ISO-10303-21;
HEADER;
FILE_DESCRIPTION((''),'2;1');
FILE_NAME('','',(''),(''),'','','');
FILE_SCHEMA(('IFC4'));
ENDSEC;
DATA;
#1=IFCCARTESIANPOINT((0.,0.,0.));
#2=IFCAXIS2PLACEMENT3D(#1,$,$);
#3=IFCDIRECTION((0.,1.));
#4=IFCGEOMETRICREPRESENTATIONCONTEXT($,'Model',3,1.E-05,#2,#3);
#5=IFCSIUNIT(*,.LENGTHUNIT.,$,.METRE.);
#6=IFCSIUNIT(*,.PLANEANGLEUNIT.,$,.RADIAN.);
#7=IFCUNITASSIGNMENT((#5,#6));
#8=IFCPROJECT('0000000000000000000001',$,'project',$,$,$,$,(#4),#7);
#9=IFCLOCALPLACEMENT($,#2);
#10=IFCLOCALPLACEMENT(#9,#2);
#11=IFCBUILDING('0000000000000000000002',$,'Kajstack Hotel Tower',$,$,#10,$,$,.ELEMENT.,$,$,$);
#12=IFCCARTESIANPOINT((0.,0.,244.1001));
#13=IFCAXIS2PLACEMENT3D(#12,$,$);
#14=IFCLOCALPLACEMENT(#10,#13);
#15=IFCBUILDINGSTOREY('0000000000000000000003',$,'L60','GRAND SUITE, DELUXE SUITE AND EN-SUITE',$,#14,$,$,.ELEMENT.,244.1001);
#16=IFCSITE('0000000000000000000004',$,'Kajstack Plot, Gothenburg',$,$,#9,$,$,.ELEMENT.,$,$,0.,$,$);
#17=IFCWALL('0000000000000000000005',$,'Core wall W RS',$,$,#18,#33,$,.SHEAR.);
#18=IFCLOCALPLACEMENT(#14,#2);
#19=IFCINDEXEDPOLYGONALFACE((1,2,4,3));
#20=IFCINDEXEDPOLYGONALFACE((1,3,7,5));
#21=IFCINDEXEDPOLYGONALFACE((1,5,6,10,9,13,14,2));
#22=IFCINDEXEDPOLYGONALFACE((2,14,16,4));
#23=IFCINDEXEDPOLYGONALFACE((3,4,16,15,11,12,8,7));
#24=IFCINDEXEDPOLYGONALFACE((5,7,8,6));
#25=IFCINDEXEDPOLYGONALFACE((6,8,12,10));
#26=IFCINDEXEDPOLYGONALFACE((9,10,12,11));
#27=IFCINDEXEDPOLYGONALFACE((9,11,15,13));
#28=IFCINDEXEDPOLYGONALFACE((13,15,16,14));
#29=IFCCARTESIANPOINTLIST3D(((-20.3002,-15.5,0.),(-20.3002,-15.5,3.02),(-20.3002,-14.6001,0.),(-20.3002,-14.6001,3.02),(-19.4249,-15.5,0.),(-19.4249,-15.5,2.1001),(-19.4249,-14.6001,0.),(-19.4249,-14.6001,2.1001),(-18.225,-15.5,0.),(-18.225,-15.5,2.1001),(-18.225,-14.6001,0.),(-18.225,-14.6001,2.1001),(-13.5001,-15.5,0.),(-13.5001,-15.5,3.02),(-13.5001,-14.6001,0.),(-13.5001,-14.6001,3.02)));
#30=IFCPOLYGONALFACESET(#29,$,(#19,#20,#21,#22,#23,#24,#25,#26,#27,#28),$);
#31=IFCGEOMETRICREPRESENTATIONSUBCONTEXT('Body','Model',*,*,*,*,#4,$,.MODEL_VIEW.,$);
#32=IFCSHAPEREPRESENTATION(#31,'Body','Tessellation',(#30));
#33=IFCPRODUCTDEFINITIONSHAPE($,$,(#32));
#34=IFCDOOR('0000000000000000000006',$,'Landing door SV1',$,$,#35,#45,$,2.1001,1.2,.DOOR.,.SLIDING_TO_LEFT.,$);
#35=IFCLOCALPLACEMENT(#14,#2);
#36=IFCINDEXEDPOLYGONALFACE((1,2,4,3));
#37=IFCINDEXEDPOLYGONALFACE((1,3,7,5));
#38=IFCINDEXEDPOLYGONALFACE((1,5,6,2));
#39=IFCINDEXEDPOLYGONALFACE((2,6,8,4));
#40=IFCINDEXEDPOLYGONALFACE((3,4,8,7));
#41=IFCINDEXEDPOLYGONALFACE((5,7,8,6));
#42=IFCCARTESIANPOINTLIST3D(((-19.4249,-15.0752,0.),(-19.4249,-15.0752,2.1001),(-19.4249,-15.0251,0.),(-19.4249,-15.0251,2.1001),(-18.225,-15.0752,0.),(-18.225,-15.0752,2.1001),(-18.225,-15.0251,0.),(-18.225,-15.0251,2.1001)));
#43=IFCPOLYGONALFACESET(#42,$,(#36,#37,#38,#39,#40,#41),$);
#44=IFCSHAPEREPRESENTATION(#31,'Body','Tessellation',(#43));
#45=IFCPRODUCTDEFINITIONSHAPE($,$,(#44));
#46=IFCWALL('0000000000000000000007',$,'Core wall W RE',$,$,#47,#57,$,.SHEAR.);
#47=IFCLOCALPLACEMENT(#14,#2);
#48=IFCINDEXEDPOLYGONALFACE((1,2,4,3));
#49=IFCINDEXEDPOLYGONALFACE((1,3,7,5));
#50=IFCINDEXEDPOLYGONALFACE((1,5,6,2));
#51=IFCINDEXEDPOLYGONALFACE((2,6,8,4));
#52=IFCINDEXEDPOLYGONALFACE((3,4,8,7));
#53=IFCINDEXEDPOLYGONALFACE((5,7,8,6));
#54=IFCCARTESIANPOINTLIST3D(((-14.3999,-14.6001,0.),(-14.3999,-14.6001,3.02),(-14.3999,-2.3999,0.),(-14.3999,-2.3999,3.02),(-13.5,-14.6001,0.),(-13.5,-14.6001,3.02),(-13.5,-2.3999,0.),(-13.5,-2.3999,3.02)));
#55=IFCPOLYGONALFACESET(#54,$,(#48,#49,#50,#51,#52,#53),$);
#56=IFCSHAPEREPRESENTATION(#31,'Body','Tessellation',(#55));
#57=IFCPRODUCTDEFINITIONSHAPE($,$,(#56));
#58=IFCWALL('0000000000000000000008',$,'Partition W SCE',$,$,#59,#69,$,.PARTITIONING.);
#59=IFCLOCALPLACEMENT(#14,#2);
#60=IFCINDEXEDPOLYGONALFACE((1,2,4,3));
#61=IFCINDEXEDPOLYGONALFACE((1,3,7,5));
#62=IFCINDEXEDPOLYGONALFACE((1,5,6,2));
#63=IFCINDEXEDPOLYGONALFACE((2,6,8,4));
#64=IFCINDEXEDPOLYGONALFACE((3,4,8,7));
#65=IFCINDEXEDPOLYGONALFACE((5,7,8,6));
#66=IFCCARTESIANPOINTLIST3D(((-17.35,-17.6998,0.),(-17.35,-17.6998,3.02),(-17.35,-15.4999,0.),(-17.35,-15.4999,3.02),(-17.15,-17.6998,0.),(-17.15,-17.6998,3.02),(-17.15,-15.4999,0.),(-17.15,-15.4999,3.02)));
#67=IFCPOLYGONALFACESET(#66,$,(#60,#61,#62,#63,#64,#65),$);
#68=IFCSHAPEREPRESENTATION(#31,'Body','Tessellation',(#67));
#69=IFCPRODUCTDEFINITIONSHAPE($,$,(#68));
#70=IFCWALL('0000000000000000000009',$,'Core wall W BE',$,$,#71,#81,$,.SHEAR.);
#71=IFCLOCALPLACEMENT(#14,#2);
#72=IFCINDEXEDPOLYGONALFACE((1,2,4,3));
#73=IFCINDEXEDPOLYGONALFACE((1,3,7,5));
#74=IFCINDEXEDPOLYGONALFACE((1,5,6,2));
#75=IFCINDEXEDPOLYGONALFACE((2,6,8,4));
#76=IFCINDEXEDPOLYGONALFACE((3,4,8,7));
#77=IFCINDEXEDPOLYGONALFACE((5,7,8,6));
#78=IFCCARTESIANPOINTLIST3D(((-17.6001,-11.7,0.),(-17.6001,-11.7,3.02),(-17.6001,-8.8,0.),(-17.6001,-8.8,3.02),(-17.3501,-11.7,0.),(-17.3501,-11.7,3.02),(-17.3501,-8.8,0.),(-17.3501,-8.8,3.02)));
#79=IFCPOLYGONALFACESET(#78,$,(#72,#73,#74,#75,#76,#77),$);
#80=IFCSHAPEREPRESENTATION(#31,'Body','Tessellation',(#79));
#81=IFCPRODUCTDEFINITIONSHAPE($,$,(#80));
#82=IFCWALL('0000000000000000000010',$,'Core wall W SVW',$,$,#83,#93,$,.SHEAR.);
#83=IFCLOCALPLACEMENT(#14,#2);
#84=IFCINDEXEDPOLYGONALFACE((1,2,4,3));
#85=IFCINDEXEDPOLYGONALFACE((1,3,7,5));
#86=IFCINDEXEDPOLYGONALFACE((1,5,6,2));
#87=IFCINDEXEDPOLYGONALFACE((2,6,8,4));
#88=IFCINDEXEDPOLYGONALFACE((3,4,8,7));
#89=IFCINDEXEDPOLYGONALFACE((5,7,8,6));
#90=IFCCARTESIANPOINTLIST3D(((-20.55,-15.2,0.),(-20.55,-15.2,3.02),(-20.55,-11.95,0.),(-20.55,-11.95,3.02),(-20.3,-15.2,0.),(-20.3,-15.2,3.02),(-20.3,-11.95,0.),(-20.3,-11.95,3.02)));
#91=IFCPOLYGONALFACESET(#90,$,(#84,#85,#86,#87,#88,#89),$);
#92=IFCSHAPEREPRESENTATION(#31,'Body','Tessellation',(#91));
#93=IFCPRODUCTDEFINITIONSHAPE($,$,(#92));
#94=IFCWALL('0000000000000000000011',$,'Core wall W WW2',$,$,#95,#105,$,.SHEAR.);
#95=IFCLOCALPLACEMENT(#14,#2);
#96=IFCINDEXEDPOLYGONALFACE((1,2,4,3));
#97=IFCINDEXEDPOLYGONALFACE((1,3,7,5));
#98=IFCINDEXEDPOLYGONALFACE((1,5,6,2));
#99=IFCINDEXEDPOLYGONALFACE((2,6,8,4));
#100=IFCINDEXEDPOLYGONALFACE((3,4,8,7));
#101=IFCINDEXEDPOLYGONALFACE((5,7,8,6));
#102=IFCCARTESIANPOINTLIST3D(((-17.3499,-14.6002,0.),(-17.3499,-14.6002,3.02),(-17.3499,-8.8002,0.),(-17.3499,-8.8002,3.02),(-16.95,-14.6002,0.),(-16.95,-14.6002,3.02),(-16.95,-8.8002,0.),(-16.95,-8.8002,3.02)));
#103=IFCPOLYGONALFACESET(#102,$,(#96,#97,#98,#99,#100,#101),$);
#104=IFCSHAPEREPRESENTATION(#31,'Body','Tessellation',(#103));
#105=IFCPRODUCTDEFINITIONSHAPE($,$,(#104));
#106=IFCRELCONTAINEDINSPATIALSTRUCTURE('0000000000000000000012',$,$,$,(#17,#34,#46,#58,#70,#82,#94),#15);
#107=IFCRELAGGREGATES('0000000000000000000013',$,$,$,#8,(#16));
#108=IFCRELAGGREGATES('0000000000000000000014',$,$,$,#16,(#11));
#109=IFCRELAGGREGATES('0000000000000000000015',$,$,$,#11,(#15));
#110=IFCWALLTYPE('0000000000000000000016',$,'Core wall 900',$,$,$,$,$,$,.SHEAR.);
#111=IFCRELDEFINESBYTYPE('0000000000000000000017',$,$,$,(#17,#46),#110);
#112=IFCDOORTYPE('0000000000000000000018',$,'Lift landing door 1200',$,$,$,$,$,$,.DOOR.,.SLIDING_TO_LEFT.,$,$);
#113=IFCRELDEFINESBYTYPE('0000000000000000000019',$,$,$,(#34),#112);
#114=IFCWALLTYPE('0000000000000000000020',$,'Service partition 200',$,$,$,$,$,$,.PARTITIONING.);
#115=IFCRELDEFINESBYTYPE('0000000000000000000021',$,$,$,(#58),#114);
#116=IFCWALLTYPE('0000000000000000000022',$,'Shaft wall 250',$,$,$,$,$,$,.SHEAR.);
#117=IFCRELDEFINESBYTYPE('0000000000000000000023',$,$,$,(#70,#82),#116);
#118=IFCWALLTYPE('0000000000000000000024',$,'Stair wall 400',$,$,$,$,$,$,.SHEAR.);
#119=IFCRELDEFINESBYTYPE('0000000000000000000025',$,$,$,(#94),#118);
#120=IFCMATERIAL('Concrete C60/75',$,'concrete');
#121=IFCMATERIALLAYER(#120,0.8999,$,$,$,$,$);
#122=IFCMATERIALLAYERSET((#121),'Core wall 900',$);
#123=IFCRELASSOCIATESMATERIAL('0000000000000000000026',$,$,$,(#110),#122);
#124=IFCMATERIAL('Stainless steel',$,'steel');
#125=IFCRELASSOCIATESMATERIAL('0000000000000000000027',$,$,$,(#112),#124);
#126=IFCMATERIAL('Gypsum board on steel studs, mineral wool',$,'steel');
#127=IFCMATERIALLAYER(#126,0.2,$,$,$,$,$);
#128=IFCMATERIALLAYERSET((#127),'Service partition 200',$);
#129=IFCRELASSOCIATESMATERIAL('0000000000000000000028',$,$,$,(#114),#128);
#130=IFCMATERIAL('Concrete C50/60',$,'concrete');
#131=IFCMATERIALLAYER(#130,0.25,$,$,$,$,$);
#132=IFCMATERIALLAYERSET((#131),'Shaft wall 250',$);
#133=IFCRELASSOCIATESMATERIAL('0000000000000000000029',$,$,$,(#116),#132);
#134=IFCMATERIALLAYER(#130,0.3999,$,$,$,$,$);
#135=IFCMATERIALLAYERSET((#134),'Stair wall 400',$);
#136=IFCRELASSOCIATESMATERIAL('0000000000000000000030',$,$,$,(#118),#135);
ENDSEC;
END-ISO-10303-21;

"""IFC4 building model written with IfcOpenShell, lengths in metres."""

from ifc_helpers import new_model, si_unit, direction, frame, frame_2d, origin, place, context, subcontext, project, spatial, rectangle, extrude, material, layer, layer_set, type_object, element, fill, save


model = new_model("IFC4")

# Units and contexts
model_context = context("Model", 3, precision=1e-05, world=origin(), true_north=direction((0.0, 1.0)))
body_context = subcontext(model_context, "Body", "Model", "MODEL_VIEW")
ifc_project = project(units=[si_unit("LENGTHUNIT", "METRE"), si_unit("PLANEANGLEUNIT", "RADIAN")], contexts=[model_context])

# Site, building, storey
site_placement = place(None, origin())
site = spatial("IfcSite", under=ifc_project, at=site_placement, Name="Kajstack Plot, Gothenburg", CompositionType="ELEMENT", RefElevation=0.0)
building_placement = place(site_placement, origin())
building = spatial("IfcBuilding", under=site, at=building_placement, Name="Kajstack Hotel Tower", CompositionType="ELEMENT")
storey_placement = place(building_placement, frame((0.0, 0.0, 244.1001)))
storey = spatial("IfcBuildingStorey", under=building, at=storey_placement, Name="L60", Description="GRAND SUITE, DELUXE SUITE AND EN-SUITE", CompositionType="ELEMENT", Elevation=244.1001)

# Wall, opening, door
ifc_material_1 = material(Name="Concrete C60/75", Category="concrete")
ifc_layer_1 = layer(ifc_material_1, 0.8999)
ifc_layer_set_1 = layer_set([ifc_layer_1], Name="Core wall 900")
wall_type_1 = type_object("IfcWallType", Name="Core wall 900", PredefinedType="SHEAR", material=ifc_layer_set_1)
wall_1_placement = place(storey_placement, frame((-20.3, -15.05, 0.0), z_axis=(0.0, 0.0, 1.0), x_axis=(1.0, 0.0, 0.0)))
wall_1 = element("IfcWall", 1, at=wall_1_placement, inside=storey, type_object=wall_type_1, Name="Core wall W RS", PredefinedType="SHEAR", context=body_context, shape_type="SweptSolid", body=[
    extrude(rectangle(XDim=6.8, YDim=0.8999, at=frame_2d((3.3999, 0.0))), origin(), (0.0, 0.0, 1.0), 3.02),
])
opening_1_placement = place(wall_1_placement, frame((0.875, 0.0, 0.0)))
opening_1 = element("IfcOpeningElement", 2, at=opening_1_placement, cuts=wall_1, PredefinedType="OPENING", context=body_context, shape_type="SweptSolid", body=[
    extrude(rectangle(XDim=1.2, YDim=2.1001, at=frame_2d((0.6001, 1.05))), frame((0.0, 0.46, 0.0), z_axis=(0.0, -1.0, 0.0), x_axis=(1.0, 0.0, 0.0)), (0.0, 0.0, 1.0), 0.9199),
])
ifc_material_2 = material(Name="Stainless steel", Category="steel")
door_type = type_object("IfcDoorType", Name="Lift landing door 1200", OperationType="SLIDING_TO_LEFT", PredefinedType="DOOR", material=ifc_material_2)
door_placement = place(opening_1_placement, origin())
door = element("IfcDoor", 3, at=door_placement, inside=storey, type_object=door_type, Name="Landing door SV1", OperationType="SLIDING_TO_LEFT", OverallHeight=2.1001, OverallWidth=1.2, PredefinedType="DOOR", context=body_context, shape_type="SweptSolid", body=[
    extrude(rectangle(XDim=1.2, YDim=2.1001, at=frame_2d((0.6001, 1.05))), frame((0.0, 0.0249, 0.0), z_axis=(0.0, -1.0, 0.0), x_axis=(1.0, 0.0, 0.0)), (0.0, 0.0, 1.0), 0.05),
])
fill(opening_1, door)

# Wall
wall_2_placement = place(storey_placement, frame((-13.95, -14.6001, 0.0), z_axis=(0.0, 0.0, 1.0), x_axis=(0.0, 1.0, 0.0)))
element("IfcWall", 4, at=wall_2_placement, inside=storey, type_object=wall_type_1, Name="Core wall W RE", PredefinedType="SHEAR", context=body_context, shape_type="SweptSolid", body=[
    extrude(rectangle(XDim=12.2002, YDim=0.8999, at=frame_2d((6.1001, 0.0))), origin(), (0.0, 0.0, 1.0), 3.02),
])

# Walls
ifc_material_3 = material(Name="Gypsum board on steel studs, mineral wool", Category="steel")
ifc_layer_2 = layer(ifc_material_3, 0.2)
ifc_layer_set_2 = layer_set([ifc_layer_2], Name="Service partition 200")
wall_type_2 = type_object("IfcWallType", Name="Service partition 200", PredefinedType="PARTITIONING", material=ifc_layer_set_2)
wall_3_placement = place(storey_placement, frame((-17.25, -17.7, 0.0), z_axis=(0.0, 0.0, 1.0), x_axis=(0.0, 1.0, 0.0)))
element("IfcWall", 5, at=wall_3_placement, inside=storey, type_object=wall_type_2, Name="Partition W SCE", PredefinedType="PARTITIONING", context=body_context, shape_type="SweptSolid", body=[
    extrude(rectangle(XDim=2.2, YDim=0.2, at=frame_2d((1.1001, 0.0))), origin(), (0.0, 0.0, 1.0), 3.02),
])
ifc_material_4 = material(Name="Concrete C50/60", Category="concrete")
ifc_layer_3 = layer(ifc_material_4, 0.25)
ifc_layer_set_3 = layer_set([ifc_layer_3], Name="Shaft wall 250")
wall_type_3 = type_object("IfcWallType", Name="Shaft wall 250", PredefinedType="SHEAR", material=ifc_layer_set_3)
wall_4_placement = place(storey_placement, frame((-17.4751, -11.7, 0.0), z_axis=(0.0, 0.0, 1.0), x_axis=(0.0, 1.0, 0.0)))
element("IfcWall", 6, at=wall_4_placement, inside=storey, type_object=wall_type_3, Name="Core wall W BE", PredefinedType="SHEAR", context=body_context, shape_type="SweptSolid", body=[
    extrude(rectangle(XDim=2.8999, YDim=0.25, at=frame_2d((1.45, 0.0))), origin(), (0.0, 0.0, 1.0), 3.02),
])
wall_5_placement = place(storey_placement, frame((-20.425, -15.2, 0.0), z_axis=(0.0, 0.0, 1.0), x_axis=(0.0, 1.0, 0.0)))
element("IfcWall", 7, at=wall_5_placement, inside=storey, type_object=wall_type_3, Name="Core wall W SVW", PredefinedType="SHEAR", context=body_context, shape_type="SweptSolid", body=[
    extrude(rectangle(XDim=3.25, YDim=0.25, at=frame_2d((1.625, 0.0))), origin(), (0.0, 0.0, 1.0), 3.02),
])
ifc_layer_4 = layer(ifc_material_4, 0.3999)
ifc_layer_set_4 = layer_set([ifc_layer_4], Name="Stair wall 400")
wall_type_4 = type_object("IfcWallType", Name="Stair wall 400", PredefinedType="SHEAR", material=ifc_layer_set_4)
wall_6_placement = place(storey_placement, frame((-17.1499, -14.6001, 0.0), z_axis=(0.0, 0.0, 1.0), x_axis=(0.0, 1.0, 0.0)))
element("IfcWall", 8, at=wall_6_placement, inside=storey, type_object=wall_type_4, Name="Core wall W WW2", PredefinedType="SHEAR", context=body_context, shape_type="SweptSolid", body=[
    extrude(rectangle(XDim=5.8, YDim=0.3999, at=frame_2d((2.8999, 0.0))), origin(), (0.0, 0.0, 1.0), 3.02),
])

save(model, "model.ifc")
